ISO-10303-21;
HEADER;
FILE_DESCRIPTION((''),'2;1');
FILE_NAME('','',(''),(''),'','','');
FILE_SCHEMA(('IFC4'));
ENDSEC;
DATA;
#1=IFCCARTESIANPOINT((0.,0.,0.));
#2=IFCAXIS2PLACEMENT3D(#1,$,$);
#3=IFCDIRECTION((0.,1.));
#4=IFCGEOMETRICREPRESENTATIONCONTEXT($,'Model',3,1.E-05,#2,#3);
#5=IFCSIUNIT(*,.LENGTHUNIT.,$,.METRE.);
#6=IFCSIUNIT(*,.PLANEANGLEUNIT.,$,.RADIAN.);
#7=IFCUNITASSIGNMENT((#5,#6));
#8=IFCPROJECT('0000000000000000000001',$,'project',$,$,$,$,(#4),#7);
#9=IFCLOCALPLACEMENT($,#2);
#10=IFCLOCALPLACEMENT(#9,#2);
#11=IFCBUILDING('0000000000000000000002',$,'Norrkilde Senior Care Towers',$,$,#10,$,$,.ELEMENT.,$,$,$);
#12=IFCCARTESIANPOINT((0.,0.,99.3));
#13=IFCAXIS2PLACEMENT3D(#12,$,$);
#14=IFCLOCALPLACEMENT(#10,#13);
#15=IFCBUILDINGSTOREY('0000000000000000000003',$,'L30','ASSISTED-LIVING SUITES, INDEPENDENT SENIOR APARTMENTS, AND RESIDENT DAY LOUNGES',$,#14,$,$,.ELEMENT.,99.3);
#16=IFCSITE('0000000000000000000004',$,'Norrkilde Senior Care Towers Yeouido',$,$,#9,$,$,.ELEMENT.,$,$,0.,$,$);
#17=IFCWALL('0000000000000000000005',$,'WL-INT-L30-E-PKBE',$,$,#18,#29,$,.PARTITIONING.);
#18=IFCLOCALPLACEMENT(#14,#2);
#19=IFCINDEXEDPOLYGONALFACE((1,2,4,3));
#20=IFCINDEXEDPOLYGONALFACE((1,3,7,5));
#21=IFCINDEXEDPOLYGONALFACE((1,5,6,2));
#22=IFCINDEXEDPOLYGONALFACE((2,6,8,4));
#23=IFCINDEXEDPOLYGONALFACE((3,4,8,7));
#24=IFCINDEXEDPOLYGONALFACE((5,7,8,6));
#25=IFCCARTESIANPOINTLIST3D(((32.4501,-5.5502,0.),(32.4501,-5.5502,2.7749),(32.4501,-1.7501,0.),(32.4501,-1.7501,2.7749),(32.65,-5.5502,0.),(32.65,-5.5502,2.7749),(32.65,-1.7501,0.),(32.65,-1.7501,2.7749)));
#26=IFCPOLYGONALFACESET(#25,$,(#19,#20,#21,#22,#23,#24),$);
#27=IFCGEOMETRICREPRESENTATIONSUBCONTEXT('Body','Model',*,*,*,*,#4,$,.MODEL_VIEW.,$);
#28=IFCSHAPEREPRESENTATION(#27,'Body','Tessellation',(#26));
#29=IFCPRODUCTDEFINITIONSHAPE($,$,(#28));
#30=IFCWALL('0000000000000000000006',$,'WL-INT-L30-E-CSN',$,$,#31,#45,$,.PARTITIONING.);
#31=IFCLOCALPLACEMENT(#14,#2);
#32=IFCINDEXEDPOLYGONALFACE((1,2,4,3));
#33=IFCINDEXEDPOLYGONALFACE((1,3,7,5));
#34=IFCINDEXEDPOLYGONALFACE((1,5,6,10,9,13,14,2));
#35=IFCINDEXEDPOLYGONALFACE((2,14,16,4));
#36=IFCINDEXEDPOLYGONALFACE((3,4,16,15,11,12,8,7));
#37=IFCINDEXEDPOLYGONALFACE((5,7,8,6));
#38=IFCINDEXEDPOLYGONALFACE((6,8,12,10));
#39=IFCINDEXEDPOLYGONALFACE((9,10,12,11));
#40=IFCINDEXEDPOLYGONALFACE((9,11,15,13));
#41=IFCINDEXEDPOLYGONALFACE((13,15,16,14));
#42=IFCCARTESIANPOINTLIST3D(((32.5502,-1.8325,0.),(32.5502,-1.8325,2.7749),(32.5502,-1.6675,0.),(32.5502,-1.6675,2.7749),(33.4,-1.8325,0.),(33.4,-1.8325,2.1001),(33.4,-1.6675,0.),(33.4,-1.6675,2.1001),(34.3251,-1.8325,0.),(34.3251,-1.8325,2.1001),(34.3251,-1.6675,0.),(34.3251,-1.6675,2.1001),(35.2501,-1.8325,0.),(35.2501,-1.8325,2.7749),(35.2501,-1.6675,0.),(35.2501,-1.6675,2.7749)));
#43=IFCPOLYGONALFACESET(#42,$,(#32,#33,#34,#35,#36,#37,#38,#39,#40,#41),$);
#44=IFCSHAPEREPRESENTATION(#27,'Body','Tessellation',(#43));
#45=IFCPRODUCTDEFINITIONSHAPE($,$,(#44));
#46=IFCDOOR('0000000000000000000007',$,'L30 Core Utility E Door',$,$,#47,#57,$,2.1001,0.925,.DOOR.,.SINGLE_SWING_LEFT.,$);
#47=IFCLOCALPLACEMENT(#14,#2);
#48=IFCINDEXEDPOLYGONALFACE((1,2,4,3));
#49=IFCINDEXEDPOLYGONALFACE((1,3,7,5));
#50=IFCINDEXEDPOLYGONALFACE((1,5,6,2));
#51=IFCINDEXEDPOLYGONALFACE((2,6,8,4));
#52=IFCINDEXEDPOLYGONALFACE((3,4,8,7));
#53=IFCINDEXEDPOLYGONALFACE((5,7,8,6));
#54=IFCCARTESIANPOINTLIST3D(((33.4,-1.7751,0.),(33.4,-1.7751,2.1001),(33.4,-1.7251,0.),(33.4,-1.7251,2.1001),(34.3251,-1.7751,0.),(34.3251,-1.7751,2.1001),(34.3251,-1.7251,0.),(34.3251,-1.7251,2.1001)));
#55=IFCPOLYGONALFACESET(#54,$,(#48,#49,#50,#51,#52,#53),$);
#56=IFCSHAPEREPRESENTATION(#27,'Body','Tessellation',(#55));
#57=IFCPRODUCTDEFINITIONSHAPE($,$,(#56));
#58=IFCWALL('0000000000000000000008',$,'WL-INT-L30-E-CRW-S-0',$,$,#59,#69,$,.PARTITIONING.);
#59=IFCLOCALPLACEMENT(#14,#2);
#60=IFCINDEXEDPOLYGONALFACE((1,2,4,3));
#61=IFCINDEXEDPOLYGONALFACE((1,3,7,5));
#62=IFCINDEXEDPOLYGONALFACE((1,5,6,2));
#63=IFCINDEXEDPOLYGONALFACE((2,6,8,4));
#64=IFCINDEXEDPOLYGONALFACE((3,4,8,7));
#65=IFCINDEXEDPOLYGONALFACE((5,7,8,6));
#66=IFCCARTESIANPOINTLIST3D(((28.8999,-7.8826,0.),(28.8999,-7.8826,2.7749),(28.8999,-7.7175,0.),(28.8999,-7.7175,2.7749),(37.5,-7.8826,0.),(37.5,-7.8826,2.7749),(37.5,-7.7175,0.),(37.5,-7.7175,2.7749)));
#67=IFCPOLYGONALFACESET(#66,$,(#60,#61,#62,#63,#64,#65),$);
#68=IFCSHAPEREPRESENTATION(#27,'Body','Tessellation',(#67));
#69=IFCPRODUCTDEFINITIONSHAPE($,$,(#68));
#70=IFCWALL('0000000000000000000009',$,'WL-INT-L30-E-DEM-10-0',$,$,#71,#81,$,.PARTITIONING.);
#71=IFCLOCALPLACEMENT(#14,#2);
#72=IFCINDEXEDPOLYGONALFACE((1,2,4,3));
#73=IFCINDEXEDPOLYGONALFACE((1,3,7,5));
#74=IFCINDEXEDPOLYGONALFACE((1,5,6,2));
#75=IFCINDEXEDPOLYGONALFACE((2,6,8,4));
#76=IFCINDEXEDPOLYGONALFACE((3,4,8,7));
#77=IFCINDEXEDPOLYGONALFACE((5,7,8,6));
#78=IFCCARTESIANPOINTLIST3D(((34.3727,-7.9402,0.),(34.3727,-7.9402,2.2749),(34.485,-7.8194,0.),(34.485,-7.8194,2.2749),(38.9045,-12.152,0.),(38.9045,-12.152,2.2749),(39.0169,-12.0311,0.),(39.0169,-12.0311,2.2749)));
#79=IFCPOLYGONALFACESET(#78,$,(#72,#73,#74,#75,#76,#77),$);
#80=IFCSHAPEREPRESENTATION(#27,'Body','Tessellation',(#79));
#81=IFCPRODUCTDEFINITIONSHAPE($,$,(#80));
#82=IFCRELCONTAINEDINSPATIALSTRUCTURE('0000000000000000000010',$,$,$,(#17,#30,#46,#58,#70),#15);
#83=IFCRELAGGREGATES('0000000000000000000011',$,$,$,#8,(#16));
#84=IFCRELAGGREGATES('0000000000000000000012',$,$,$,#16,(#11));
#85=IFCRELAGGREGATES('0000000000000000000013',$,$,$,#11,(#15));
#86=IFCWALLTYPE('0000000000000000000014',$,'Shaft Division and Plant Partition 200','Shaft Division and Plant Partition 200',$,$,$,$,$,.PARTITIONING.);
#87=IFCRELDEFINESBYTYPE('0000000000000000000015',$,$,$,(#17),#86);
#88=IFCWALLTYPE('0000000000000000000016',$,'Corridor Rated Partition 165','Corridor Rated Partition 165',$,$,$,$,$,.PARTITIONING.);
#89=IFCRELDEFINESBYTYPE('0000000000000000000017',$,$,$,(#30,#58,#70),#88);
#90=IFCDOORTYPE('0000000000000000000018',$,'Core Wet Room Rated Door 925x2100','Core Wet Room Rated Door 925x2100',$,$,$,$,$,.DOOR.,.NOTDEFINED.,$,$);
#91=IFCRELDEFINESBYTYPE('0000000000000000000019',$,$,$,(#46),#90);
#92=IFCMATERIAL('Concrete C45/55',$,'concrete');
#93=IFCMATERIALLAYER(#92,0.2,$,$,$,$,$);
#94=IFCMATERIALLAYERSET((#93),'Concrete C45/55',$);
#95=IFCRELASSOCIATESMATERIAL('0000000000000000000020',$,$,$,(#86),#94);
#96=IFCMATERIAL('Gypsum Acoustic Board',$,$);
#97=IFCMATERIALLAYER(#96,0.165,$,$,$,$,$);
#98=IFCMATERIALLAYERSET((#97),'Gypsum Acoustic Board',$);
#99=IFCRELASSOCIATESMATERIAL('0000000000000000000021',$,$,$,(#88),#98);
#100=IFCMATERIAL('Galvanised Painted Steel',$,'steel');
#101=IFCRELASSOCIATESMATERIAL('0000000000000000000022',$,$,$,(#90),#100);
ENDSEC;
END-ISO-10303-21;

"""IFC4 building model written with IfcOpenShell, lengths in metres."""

from ifc_helpers import new_model, si_unit, direction, frame, frame_2d, origin, place, context, subcontext, project, spatial, rectangle, extrude, source, transform, mapped, material, layer, layer_set, type_object, type_shapes, element, fill, save


model = new_model("IFC4")

# Units and contexts
model_context = context("Model", 3, precision=1e-05, world=origin(), true_north=direction((0.0, 1.0)))
body_context = subcontext(model_context, "Body", "Model", "MODEL_VIEW")
ifc_project = project(units=[si_unit("LENGTHUNIT", "METRE"), si_unit("PLANEANGLEUNIT", "RADIAN")], contexts=[model_context])

# Site, building, storey
site_placement = place(None, origin())
site = spatial("IfcSite", under=ifc_project, at=site_placement, Name="Norrkilde Senior Care Towers Yeouido", CompositionType="ELEMENT", RefElevation=0.0)
building_placement = place(site_placement, origin())
building = spatial("IfcBuilding", under=site, at=building_placement, Name="Norrkilde Senior Care Towers", CompositionType="ELEMENT")
storey_placement = place(building_placement, frame((0.0, 0.0, 99.3)))
storey = spatial("IfcBuildingStorey", under=building, at=storey_placement, Name="L30", Description="ASSISTED-LIVING SUITES, INDEPENDENT SENIOR APARTMENTS, AND RESIDENT DAY LOUNGES", CompositionType="ELEMENT", Elevation=99.3)

# Shared definitions
ifc_material_1 = material(Name="Concrete C45/55", Category="concrete")

# Wall
ifc_layer_1 = layer(ifc_material_1, 0.2)
ifc_layer_set_1 = layer_set([ifc_layer_1], Name="Concrete C45/55")
wall_type_1 = type_object("IfcWallType", Name="Shaft Division and Plant Partition 200", Description="Shaft Division and Plant Partition 200", PredefinedType="PARTITIONING", material=ifc_layer_set_1)
shared_shape_1 = source(origin(), body_context, "Body", "SweptSolid", [
    extrude(rectangle(XDim=3.8, YDim=0.2, at=frame_2d((1.8999, 0.0))), origin(), (0.0, 0.0, 1.0), 2.7749),
])
type_shapes(wall_type_1, [shared_shape_1])
wall_1_placement = place(storey_placement, frame((32.55, -5.55, 0.0), z_axis=(0.0, 0.0, 1.0), x_axis=(0.0, 1.0, 0.0)))
element("IfcWall", 1, at=wall_1_placement, inside=storey, type_object=wall_type_1, Name="WL-INT-L30-E-PKBE", PredefinedType="PARTITIONING", context=body_context, shape_type="MappedRepresentation", body=[
    mapped(shared_shape_1, transform((0.0, 0.0, 0.0), x_axis=(1.0, 0.0, 0.0), y_axis=(0.0, 1.0, 0.0), z_axis=(0.0, 0.0, 1.0), scale=1.0)),
])

# Wall, opening, door
ifc_material_2 = material(Name="Gypsum Acoustic Board")
ifc_layer_2 = layer(ifc_material_2, 0.165)
ifc_layer_set_2 = layer_set([ifc_layer_2], Name="Gypsum Acoustic Board")
wall_type_2 = type_object("IfcWallType", Name="Corridor Rated Partition 165", Description="Corridor Rated Partition 165", PredefinedType="PARTITIONING", material=ifc_layer_set_2)
shared_shape_2 = source(origin(), body_context, "Body", "SweptSolid", [
    extrude(rectangle(XDim=2.7, YDim=0.165, at=frame_2d((1.3501, 0.0))), origin(), (0.0, 0.0, 1.0), 2.7749),
])
wall_2_placement = place(storey_placement, frame((32.55, -1.75, 0.0), z_axis=(0.0, 0.0, 1.0), x_axis=(1.0, 0.0, 0.0)))
wall_2 = element("IfcWall", 2, at=wall_2_placement, inside=storey, type_object=wall_type_2, Name="WL-INT-L30-E-CSN", PredefinedType="PARTITIONING", context=body_context, shape_type="MappedRepresentation", body=[
    mapped(shared_shape_2, transform((0.0, 0.0, 0.0), x_axis=(1.0, 0.0, 0.0), y_axis=(0.0, 1.0, 0.0), z_axis=(0.0, 0.0, 1.0), scale=1.0)),
])
opening_1_placement = place(wall_2_placement, frame((0.8501, 0.0, 0.0)))
opening_1 = element("IfcOpeningElement", 3, at=opening_1_placement, cuts=wall_2, PredefinedType="OPENING", context=body_context, shape_type="SweptSolid", body=[
    extrude(rectangle(XDim=0.925, YDim=2.1001, at=frame_2d((0.4624, 1.05))), frame((0.0, 0.0925, 0.0), z_axis=(0.0, -1.0, 0.0), x_axis=(1.0, 0.0, 0.0)), (0.0, 0.0, 1.0), 0.1851),
])
ifc_material_3 = material(Name="Galvanised Painted Steel", Category="steel")
door_type_1 = type_object("IfcDoorType", Name="Core Wet Room Rated Door 925x2100", Description="Core Wet Room Rated Door 925x2100", OperationType="NOTDEFINED", PredefinedType="DOOR", material=ifc_material_3)
shared_shape_3 = source(origin(), body_context, "Body", "SweptSolid", [
    extrude(rectangle(XDim=0.925, YDim=2.1001, at=frame_2d((0.4624, 1.05))), frame((0.0, 0.0249, 0.0), z_axis=(0.0, -1.0, 0.0), x_axis=(1.0, 0.0, 0.0)), (0.0, 0.0, 1.0), 0.05),
])
type_shapes(door_type_1, [shared_shape_3])
door_1_placement = place(opening_1_placement, origin())
door_1 = element("IfcDoor", 4, at=door_1_placement, inside=storey, type_object=door_type_1, Name="L30 Core Utility E Door", OperationType="SINGLE_SWING_LEFT", OverallHeight=2.1001, OverallWidth=0.925, PredefinedType="DOOR", context=body_context, shape_type="MappedRepresentation", body=[
    mapped(shared_shape_3, transform((0.0, 0.0, 0.0), x_axis=(1.0, 0.0, 0.0), y_axis=(0.0, 1.0, 0.0), z_axis=(0.0, 0.0, 1.0), scale=1.0)),
])
fill(opening_1, door_1)

# Walls
shared_shape_4 = source(origin(), body_context, "Body", "SweptSolid", [
    extrude(rectangle(XDim=8.6001, YDim=0.165, at=frame_2d((4.3, 0.0))), origin(), (0.0, 0.0, 1.0), 2.7749),
])
wall_3_placement = place(storey_placement, frame((37.5, -7.8, 0.0), z_axis=(0.0, 0.0, 1.0), x_axis=(-1.0, 0.0, 0.0)))
element("IfcWall", 5, at=wall_3_placement, inside=storey, type_object=wall_type_2, Name="WL-INT-L30-E-CRW-S-0", PredefinedType="PARTITIONING", context=body_context, shape_type="MappedRepresentation", body=[
    mapped(shared_shape_4, transform((0.0, 0.0, 0.0), x_axis=(1.0, 0.0, 0.0), y_axis=(0.0, 1.0, 0.0), z_axis=(0.0, 0.0, 1.0), scale=1.0)),
])
shared_shape_5 = source(origin(), body_context, "Body", "SweptSolid", [
    extrude(rectangle(XDim=6.1868, YDim=0.165, at=frame_2d((3.0933, 0.0))), origin(), (0.0, 0.0, 1.0), 2.2749),
])
type_shapes(wall_type_2, [shared_shape_2, shared_shape_4, shared_shape_5])
wall_4_placement = place(storey_placement, frame((34.429, -7.8799, 0.0), z_axis=(0.0, 0.0, 1.0), x_axis=(0.732501, -0.680766, 0.0)))
element("IfcWall", 6, at=wall_4_placement, inside=storey, type_object=wall_type_2, Name="WL-INT-L30-E-DEM-10-0", PredefinedType="PARTITIONING", context=body_context, shape_type="MappedRepresentation", body=[
    mapped(shared_shape_5, transform((0.0, 0.0, 0.0), x_axis=(1.0, 0.0, 0.0), y_axis=(0.0, 1.0, 0.0), z_axis=(0.0, 0.0, 1.0), scale=1.0)),
])

save(model, "model.ifc")
